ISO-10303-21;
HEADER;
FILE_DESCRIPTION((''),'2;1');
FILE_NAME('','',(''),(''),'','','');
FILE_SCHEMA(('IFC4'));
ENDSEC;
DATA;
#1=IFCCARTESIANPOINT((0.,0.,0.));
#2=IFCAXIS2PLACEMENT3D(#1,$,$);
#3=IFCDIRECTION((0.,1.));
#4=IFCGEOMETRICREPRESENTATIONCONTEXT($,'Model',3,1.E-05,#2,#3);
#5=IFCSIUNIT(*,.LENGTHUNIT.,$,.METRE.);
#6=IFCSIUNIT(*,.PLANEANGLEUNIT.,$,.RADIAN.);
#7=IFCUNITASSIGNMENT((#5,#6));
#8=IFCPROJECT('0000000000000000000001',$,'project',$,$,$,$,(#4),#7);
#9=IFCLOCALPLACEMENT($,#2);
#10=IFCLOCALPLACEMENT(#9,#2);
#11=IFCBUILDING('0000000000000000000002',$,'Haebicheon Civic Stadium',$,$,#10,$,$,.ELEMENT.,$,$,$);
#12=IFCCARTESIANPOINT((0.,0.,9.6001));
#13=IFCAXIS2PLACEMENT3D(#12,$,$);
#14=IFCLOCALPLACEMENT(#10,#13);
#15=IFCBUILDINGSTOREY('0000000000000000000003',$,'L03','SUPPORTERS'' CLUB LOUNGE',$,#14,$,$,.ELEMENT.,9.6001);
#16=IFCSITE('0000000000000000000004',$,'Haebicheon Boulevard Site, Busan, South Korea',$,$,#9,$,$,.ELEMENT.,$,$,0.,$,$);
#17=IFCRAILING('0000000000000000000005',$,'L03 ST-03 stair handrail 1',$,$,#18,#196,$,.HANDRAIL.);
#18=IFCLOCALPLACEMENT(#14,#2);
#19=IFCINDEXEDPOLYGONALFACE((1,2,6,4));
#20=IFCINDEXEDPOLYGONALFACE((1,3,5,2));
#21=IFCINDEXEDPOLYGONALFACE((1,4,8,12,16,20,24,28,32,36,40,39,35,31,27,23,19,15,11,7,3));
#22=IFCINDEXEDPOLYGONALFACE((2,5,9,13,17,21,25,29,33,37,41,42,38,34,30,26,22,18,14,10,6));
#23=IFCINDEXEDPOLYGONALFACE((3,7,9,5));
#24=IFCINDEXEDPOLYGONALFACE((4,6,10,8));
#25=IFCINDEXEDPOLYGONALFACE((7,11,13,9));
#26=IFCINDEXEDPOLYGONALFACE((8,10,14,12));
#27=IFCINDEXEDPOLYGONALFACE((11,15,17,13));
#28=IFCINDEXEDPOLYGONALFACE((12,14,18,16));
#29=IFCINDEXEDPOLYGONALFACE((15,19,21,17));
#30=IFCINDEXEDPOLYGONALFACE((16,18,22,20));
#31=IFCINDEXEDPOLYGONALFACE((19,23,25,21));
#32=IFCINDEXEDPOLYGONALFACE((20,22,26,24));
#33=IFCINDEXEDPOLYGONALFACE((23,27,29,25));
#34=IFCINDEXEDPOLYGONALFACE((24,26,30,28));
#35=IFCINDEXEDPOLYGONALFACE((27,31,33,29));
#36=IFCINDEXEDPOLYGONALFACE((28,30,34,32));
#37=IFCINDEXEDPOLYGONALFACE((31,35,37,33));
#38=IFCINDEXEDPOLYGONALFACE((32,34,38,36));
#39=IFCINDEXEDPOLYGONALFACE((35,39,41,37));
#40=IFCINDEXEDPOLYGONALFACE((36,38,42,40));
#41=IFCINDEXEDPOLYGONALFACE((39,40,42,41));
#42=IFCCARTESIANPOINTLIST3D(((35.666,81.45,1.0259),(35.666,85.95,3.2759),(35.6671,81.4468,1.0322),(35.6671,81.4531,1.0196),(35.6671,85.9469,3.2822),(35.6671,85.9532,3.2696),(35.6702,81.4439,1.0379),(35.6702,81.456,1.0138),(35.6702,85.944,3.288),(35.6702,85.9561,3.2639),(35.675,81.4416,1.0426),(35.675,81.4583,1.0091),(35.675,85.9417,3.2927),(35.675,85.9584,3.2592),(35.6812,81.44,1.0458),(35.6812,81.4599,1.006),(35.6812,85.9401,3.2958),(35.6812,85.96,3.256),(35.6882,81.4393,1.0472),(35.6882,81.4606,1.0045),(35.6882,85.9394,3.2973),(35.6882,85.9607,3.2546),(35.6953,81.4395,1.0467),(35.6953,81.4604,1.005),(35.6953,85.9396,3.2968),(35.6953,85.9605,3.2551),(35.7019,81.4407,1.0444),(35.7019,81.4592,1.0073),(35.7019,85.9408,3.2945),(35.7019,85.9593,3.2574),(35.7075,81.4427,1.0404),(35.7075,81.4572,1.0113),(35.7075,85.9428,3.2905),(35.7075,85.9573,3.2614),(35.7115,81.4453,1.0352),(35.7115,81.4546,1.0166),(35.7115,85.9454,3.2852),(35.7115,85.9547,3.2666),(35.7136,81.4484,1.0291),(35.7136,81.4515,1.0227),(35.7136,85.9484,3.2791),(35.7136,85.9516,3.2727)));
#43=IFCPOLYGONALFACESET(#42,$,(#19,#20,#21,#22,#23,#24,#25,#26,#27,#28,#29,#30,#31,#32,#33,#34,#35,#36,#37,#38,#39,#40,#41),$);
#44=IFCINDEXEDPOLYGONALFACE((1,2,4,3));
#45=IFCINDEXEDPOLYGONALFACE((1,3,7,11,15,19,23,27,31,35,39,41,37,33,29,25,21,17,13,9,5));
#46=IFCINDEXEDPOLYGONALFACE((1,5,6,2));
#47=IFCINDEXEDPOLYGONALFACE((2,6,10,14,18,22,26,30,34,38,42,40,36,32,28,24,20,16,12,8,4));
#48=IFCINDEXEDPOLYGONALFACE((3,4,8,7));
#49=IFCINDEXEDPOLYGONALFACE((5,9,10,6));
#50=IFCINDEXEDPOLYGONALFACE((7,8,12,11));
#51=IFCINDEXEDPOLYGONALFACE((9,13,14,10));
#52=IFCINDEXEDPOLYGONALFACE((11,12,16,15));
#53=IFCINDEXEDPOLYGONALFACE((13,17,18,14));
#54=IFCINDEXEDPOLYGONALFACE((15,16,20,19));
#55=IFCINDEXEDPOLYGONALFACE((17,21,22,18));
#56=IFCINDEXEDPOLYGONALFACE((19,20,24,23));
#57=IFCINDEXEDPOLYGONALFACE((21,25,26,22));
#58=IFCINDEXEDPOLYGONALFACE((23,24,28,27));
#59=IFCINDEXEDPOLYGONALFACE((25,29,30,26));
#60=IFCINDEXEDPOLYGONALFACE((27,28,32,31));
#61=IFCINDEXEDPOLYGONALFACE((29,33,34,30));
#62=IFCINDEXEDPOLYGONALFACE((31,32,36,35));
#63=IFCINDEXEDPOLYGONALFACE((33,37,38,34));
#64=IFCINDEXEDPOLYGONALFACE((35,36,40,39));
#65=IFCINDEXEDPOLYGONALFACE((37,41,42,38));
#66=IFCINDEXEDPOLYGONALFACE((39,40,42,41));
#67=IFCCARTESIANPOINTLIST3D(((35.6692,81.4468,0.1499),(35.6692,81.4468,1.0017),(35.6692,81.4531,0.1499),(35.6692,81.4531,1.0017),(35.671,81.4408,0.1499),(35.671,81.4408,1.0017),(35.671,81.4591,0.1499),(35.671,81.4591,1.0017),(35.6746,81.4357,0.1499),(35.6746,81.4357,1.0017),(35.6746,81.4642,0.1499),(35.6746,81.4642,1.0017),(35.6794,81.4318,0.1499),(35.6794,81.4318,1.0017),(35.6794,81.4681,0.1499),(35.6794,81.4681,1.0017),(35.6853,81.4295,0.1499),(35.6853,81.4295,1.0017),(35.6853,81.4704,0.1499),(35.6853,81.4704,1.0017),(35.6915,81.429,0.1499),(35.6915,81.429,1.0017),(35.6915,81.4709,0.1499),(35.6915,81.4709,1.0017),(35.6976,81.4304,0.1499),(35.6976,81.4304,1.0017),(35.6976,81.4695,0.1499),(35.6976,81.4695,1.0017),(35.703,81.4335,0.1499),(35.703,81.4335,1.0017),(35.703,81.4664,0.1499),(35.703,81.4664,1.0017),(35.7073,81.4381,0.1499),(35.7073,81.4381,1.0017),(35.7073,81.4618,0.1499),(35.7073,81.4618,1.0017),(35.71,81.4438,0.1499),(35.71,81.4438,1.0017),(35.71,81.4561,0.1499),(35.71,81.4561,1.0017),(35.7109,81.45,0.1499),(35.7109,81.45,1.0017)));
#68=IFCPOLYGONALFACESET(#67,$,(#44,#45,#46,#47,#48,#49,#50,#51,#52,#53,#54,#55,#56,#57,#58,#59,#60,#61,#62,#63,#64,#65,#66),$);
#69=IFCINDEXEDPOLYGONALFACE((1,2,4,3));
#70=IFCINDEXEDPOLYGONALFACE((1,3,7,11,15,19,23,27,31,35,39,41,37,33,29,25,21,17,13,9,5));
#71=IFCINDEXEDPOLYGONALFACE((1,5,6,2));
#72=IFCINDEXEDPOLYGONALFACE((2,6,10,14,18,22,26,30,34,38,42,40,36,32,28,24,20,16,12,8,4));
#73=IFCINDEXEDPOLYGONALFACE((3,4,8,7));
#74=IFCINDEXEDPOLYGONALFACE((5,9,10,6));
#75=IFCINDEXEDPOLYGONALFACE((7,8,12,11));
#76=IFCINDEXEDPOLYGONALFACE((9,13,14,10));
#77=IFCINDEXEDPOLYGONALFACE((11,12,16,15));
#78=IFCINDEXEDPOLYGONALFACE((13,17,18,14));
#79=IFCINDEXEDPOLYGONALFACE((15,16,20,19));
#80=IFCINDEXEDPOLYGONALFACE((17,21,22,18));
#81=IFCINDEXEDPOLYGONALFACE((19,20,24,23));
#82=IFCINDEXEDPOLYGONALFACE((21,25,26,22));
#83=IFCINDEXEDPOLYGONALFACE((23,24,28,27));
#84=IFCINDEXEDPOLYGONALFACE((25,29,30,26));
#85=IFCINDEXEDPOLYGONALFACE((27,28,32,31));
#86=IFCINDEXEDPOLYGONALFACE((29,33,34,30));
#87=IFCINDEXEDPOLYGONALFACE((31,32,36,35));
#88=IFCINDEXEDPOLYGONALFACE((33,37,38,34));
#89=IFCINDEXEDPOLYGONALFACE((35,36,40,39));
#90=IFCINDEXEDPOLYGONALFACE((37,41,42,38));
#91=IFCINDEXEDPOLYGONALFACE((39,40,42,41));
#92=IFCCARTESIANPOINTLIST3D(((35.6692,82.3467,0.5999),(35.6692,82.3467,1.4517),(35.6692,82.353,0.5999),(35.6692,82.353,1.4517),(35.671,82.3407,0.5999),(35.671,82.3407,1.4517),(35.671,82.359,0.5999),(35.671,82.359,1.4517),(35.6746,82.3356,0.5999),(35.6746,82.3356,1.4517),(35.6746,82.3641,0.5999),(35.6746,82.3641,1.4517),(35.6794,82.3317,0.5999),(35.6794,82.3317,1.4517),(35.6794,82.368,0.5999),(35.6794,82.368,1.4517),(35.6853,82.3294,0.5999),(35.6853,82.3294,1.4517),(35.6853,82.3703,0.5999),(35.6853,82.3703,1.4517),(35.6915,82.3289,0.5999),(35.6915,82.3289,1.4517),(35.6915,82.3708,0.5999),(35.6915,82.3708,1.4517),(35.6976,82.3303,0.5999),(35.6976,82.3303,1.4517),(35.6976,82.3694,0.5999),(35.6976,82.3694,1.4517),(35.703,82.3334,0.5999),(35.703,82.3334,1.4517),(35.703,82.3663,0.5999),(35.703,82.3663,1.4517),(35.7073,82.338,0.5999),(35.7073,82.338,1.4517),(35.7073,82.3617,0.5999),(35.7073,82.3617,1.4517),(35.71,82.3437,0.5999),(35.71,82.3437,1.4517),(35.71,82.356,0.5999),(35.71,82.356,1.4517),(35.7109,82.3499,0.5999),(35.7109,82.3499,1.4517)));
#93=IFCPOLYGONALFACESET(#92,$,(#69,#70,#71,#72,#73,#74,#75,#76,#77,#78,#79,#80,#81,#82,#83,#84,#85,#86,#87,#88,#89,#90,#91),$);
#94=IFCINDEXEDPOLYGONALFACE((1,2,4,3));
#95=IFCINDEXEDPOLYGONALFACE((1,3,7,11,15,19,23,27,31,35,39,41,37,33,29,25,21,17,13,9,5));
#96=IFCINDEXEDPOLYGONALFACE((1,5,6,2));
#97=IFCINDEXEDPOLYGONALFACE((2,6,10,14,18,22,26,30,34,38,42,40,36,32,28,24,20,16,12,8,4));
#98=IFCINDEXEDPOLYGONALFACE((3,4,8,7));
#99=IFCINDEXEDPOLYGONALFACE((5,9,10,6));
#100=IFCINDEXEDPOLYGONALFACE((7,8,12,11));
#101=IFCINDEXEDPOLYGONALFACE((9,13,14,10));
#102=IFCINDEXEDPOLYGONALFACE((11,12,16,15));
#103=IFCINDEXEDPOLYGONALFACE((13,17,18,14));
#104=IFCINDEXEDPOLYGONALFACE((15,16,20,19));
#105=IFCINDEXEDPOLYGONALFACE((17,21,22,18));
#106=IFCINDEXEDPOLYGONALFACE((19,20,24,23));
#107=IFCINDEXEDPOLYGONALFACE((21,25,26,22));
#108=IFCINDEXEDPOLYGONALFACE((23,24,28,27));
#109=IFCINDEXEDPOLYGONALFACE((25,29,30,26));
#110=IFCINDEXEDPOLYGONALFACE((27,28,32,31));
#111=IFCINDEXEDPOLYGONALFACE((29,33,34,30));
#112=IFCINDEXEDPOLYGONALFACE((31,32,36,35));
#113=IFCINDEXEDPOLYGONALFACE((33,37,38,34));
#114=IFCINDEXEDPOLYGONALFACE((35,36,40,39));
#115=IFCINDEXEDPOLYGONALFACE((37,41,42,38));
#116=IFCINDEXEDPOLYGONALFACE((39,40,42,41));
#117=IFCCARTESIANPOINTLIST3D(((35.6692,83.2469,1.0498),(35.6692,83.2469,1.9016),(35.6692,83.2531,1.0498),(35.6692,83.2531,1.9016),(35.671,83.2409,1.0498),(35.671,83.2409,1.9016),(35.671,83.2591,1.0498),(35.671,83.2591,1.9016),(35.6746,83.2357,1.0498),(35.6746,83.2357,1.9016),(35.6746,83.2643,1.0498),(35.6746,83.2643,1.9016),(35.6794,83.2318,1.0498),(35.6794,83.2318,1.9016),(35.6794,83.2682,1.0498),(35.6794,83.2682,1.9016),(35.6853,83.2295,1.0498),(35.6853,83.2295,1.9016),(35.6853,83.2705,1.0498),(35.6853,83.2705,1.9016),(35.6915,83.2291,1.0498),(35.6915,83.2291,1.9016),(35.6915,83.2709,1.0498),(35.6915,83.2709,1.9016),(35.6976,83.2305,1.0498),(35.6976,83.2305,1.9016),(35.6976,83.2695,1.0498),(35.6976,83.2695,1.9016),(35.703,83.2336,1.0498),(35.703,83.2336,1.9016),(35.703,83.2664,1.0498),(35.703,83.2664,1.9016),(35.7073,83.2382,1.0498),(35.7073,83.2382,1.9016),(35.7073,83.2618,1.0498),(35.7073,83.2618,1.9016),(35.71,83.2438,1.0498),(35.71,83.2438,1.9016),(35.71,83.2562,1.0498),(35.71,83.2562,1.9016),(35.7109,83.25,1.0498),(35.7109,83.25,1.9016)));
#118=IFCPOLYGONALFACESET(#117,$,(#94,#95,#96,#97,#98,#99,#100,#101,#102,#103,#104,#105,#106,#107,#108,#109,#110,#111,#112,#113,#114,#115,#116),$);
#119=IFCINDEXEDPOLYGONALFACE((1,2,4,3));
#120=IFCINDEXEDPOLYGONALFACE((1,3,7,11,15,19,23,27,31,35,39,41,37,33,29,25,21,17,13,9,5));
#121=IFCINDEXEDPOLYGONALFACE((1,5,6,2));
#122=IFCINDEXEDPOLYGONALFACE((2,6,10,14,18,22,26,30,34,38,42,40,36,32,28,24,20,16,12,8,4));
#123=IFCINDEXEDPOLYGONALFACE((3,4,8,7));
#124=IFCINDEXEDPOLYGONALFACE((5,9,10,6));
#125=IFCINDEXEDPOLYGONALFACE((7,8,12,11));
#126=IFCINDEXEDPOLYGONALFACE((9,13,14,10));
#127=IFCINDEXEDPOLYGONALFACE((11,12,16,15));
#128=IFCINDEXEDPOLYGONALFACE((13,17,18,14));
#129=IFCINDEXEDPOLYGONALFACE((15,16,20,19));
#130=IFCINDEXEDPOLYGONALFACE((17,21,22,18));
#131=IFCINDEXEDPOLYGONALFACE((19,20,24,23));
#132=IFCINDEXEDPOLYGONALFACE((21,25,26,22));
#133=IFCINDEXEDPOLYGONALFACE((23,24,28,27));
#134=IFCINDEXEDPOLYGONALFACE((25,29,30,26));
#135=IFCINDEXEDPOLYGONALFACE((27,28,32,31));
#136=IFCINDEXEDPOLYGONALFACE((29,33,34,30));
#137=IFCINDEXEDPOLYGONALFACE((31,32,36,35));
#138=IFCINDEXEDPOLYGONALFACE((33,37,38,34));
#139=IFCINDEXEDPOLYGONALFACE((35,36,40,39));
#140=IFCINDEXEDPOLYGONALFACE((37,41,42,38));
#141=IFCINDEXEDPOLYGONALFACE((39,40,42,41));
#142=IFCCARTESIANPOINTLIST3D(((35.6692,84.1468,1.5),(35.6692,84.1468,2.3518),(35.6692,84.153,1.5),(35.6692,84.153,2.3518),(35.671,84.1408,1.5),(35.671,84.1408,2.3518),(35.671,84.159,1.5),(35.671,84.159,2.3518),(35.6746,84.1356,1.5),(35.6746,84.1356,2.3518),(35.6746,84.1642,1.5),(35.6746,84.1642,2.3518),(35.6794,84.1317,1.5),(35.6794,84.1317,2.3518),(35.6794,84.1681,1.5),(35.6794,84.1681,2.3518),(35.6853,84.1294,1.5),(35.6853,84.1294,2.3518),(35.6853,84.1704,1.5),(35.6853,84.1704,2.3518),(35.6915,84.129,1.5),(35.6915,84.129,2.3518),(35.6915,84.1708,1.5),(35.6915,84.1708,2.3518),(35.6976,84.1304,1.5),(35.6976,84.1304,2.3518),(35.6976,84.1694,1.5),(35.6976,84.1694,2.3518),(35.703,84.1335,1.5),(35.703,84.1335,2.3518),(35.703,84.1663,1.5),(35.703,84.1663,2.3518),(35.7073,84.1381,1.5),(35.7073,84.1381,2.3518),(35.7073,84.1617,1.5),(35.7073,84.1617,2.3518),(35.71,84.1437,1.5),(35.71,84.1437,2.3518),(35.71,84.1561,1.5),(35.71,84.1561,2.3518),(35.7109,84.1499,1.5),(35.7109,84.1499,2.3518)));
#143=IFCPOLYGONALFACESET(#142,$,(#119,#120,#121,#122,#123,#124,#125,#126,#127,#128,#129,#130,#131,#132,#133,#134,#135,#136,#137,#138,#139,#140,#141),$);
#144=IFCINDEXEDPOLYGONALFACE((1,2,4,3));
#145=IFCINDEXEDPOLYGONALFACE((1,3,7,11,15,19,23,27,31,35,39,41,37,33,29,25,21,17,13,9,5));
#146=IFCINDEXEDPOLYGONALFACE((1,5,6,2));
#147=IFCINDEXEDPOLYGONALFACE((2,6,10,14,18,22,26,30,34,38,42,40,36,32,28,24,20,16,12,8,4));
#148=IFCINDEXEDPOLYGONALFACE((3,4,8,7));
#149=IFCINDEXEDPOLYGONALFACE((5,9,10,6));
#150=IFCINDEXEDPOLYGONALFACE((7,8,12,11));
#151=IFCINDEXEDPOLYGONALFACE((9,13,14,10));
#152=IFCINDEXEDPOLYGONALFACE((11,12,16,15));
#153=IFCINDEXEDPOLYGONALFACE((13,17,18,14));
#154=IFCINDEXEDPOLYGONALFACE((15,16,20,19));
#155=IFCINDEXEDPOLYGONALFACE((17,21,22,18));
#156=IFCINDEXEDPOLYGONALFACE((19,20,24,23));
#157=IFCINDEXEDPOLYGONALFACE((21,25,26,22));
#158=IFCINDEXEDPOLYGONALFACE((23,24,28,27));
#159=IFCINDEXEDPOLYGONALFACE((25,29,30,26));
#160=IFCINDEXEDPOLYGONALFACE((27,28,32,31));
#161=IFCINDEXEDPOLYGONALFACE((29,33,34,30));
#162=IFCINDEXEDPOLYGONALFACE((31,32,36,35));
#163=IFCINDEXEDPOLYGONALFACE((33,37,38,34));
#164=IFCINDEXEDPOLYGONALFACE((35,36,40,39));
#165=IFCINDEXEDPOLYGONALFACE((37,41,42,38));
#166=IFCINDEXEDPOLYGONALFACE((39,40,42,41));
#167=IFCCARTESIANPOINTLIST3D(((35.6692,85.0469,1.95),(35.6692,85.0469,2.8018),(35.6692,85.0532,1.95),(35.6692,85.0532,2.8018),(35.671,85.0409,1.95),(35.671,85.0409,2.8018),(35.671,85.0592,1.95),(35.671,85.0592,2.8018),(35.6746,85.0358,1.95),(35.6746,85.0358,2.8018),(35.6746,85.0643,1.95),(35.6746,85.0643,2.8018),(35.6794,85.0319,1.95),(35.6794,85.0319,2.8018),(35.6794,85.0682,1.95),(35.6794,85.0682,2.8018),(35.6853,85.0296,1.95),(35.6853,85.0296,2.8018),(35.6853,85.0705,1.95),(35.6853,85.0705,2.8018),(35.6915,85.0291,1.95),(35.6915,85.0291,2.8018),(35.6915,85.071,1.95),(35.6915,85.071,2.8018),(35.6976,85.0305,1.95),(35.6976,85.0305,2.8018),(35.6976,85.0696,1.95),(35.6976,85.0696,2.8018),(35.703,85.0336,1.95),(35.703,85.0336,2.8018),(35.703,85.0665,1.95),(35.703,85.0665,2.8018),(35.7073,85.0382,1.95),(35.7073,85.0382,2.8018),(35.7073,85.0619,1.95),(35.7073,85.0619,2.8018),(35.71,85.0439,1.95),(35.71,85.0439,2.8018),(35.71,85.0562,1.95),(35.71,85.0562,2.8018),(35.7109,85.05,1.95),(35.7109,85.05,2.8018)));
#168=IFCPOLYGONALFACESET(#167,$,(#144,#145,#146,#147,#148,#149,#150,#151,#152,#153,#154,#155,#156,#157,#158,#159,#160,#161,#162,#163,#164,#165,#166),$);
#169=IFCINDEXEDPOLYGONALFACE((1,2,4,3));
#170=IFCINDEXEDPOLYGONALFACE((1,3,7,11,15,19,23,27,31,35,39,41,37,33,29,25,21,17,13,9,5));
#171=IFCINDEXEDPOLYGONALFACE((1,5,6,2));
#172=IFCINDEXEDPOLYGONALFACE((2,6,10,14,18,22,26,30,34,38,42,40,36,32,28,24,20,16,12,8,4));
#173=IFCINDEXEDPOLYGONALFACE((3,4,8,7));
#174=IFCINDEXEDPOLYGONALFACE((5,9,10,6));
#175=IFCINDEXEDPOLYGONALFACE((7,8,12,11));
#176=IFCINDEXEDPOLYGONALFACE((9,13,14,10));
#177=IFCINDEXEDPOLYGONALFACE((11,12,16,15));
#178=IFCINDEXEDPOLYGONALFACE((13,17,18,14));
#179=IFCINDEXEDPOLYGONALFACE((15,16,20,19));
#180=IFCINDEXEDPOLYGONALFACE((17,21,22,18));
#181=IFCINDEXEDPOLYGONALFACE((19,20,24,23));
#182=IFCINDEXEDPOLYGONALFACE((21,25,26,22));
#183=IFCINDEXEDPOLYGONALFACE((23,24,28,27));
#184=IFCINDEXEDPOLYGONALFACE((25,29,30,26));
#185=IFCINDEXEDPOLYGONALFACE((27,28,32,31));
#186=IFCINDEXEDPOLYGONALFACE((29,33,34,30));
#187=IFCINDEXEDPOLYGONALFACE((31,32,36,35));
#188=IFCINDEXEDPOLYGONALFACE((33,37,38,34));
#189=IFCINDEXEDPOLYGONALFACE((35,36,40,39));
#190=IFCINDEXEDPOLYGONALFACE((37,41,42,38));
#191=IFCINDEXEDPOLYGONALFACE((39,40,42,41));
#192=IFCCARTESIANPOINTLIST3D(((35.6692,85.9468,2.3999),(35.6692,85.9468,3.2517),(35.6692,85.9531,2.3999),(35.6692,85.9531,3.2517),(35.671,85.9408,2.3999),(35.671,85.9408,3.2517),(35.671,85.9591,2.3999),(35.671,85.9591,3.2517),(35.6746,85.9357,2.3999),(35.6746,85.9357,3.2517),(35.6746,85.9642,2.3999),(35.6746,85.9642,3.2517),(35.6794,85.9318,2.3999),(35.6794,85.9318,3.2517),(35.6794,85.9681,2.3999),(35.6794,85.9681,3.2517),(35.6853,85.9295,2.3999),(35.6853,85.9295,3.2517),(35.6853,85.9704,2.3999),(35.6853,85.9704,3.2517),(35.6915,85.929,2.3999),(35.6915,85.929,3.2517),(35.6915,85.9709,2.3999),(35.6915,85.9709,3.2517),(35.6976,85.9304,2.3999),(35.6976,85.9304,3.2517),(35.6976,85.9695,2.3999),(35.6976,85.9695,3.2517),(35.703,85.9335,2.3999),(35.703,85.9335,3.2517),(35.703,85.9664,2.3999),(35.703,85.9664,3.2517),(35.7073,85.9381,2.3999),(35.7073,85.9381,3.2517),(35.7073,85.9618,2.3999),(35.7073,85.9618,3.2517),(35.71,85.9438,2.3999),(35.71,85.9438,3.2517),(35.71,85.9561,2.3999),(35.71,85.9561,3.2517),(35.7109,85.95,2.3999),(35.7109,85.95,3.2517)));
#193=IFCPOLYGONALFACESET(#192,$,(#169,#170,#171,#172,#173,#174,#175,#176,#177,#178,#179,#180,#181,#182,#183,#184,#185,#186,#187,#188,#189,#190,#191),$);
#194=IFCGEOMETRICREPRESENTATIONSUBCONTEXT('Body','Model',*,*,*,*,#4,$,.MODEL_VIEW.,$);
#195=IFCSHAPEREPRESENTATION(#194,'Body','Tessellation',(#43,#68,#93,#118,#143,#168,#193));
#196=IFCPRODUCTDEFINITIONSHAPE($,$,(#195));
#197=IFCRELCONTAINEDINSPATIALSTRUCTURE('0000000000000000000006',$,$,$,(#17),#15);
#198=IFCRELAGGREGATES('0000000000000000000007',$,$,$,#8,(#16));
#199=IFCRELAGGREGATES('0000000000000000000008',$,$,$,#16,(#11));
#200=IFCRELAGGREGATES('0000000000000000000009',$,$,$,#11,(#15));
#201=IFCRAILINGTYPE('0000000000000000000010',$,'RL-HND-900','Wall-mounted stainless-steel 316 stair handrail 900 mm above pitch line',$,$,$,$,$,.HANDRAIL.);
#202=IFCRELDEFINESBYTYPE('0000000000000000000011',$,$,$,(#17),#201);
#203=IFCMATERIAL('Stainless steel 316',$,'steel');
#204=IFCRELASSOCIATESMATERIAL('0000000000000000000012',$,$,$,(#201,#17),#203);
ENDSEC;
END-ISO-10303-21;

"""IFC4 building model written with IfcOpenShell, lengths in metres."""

from ifc_helpers import new_model, si_unit, direction, frame, origin, origin_2d, place, context, subcontext, project, spatial, circle, extrude, material, type_object, element, save


model = new_model("IFC4")

# Units and contexts
model_context = context("Model", 3, precision=1e-05, world=origin(), true_north=direction((0.0, 1.0)))
body_context = subcontext(model_context, "Body", "Model", "MODEL_VIEW")
ifc_project = project(units=[si_unit("LENGTHUNIT", "METRE"), si_unit("PLANEANGLEUNIT", "RADIAN")], contexts=[model_context])

# Site, building, storey
site_placement = place(None, origin())
site = spatial("IfcSite", under=ifc_project, at=site_placement, Name="Haebicheon Boulevard Site, Busan, South Korea", CompositionType="ELEMENT", RefElevation=0.0)
building_placement = place(site_placement, origin())
building = spatial("IfcBuilding", under=site, at=building_placement, Name="Haebicheon Civic Stadium", CompositionType="ELEMENT")
storey_placement = place(building_placement, frame((0.0, 0.0, 9.6001)))
storey = spatial("IfcBuildingStorey", under=building, at=storey_placement, Name="L03", Description="SUPPORTERS' CLUB LOUNGE", CompositionType="ELEMENT", Elevation=9.6001)

# Railing
ifc_material_1 = material(Name="Stainless steel 316", Category="steel")
railing_type_1 = type_object("IfcRailingType", Name="RL-HND-900", Description="Wall-mounted stainless-steel 316 stair handrail 900 mm above pitch line", PredefinedType="HANDRAIL", material=ifc_material_1)
railing_1_placement = place(storey_placement, frame((35.6899, 81.45, 0.1499)))
element("IfcRailing", 1, at=railing_1_placement, inside=storey, type_object=railing_type_1, material=ifc_material_1, Name="L03 ST-03 stair handrail 1", PredefinedType="HANDRAIL", context=body_context, shape_type="SweptSolid", body=[
    extrude(circle(Radius=0.0239, at=origin_2d()), frame((0.0, 0.0, 0.876), z_axis=(0.0, 0.894427, 0.447214), x_axis=(-1.0, 0.0, 0.0)), (0.0, 0.0, 1.0), 5.0312),
    extrude(circle(Radius=0.021, at=origin_2d()), origin(), (0.0, 0.0, 1.0), 0.8518),
    extrude(circle(Radius=0.021, at=origin_2d()), frame((0.0, 0.8999, 0.45)), (0.0, 0.0, 1.0), 0.8518),
    extrude(circle(Radius=0.021, at=origin_2d()), frame((0.0, 1.8, 0.8999)), (0.0, 0.0, 1.0), 0.8518),
    extrude(circle(Radius=0.021, at=origin_2d()), frame((0.0, 2.7, 1.3501)), (0.0, 0.0, 1.0), 0.8518),
    extrude(circle(Radius=0.021, at=origin_2d()), frame((0.0, 3.6001, 1.8)), (0.0, 0.0, 1.0), 0.8518),
    extrude(circle(Radius=0.021, at=origin_2d()), frame((0.0, 4.5, 2.25)), (0.0, 0.0, 1.0), 0.8518),
])

save(model, "model.ifc")
